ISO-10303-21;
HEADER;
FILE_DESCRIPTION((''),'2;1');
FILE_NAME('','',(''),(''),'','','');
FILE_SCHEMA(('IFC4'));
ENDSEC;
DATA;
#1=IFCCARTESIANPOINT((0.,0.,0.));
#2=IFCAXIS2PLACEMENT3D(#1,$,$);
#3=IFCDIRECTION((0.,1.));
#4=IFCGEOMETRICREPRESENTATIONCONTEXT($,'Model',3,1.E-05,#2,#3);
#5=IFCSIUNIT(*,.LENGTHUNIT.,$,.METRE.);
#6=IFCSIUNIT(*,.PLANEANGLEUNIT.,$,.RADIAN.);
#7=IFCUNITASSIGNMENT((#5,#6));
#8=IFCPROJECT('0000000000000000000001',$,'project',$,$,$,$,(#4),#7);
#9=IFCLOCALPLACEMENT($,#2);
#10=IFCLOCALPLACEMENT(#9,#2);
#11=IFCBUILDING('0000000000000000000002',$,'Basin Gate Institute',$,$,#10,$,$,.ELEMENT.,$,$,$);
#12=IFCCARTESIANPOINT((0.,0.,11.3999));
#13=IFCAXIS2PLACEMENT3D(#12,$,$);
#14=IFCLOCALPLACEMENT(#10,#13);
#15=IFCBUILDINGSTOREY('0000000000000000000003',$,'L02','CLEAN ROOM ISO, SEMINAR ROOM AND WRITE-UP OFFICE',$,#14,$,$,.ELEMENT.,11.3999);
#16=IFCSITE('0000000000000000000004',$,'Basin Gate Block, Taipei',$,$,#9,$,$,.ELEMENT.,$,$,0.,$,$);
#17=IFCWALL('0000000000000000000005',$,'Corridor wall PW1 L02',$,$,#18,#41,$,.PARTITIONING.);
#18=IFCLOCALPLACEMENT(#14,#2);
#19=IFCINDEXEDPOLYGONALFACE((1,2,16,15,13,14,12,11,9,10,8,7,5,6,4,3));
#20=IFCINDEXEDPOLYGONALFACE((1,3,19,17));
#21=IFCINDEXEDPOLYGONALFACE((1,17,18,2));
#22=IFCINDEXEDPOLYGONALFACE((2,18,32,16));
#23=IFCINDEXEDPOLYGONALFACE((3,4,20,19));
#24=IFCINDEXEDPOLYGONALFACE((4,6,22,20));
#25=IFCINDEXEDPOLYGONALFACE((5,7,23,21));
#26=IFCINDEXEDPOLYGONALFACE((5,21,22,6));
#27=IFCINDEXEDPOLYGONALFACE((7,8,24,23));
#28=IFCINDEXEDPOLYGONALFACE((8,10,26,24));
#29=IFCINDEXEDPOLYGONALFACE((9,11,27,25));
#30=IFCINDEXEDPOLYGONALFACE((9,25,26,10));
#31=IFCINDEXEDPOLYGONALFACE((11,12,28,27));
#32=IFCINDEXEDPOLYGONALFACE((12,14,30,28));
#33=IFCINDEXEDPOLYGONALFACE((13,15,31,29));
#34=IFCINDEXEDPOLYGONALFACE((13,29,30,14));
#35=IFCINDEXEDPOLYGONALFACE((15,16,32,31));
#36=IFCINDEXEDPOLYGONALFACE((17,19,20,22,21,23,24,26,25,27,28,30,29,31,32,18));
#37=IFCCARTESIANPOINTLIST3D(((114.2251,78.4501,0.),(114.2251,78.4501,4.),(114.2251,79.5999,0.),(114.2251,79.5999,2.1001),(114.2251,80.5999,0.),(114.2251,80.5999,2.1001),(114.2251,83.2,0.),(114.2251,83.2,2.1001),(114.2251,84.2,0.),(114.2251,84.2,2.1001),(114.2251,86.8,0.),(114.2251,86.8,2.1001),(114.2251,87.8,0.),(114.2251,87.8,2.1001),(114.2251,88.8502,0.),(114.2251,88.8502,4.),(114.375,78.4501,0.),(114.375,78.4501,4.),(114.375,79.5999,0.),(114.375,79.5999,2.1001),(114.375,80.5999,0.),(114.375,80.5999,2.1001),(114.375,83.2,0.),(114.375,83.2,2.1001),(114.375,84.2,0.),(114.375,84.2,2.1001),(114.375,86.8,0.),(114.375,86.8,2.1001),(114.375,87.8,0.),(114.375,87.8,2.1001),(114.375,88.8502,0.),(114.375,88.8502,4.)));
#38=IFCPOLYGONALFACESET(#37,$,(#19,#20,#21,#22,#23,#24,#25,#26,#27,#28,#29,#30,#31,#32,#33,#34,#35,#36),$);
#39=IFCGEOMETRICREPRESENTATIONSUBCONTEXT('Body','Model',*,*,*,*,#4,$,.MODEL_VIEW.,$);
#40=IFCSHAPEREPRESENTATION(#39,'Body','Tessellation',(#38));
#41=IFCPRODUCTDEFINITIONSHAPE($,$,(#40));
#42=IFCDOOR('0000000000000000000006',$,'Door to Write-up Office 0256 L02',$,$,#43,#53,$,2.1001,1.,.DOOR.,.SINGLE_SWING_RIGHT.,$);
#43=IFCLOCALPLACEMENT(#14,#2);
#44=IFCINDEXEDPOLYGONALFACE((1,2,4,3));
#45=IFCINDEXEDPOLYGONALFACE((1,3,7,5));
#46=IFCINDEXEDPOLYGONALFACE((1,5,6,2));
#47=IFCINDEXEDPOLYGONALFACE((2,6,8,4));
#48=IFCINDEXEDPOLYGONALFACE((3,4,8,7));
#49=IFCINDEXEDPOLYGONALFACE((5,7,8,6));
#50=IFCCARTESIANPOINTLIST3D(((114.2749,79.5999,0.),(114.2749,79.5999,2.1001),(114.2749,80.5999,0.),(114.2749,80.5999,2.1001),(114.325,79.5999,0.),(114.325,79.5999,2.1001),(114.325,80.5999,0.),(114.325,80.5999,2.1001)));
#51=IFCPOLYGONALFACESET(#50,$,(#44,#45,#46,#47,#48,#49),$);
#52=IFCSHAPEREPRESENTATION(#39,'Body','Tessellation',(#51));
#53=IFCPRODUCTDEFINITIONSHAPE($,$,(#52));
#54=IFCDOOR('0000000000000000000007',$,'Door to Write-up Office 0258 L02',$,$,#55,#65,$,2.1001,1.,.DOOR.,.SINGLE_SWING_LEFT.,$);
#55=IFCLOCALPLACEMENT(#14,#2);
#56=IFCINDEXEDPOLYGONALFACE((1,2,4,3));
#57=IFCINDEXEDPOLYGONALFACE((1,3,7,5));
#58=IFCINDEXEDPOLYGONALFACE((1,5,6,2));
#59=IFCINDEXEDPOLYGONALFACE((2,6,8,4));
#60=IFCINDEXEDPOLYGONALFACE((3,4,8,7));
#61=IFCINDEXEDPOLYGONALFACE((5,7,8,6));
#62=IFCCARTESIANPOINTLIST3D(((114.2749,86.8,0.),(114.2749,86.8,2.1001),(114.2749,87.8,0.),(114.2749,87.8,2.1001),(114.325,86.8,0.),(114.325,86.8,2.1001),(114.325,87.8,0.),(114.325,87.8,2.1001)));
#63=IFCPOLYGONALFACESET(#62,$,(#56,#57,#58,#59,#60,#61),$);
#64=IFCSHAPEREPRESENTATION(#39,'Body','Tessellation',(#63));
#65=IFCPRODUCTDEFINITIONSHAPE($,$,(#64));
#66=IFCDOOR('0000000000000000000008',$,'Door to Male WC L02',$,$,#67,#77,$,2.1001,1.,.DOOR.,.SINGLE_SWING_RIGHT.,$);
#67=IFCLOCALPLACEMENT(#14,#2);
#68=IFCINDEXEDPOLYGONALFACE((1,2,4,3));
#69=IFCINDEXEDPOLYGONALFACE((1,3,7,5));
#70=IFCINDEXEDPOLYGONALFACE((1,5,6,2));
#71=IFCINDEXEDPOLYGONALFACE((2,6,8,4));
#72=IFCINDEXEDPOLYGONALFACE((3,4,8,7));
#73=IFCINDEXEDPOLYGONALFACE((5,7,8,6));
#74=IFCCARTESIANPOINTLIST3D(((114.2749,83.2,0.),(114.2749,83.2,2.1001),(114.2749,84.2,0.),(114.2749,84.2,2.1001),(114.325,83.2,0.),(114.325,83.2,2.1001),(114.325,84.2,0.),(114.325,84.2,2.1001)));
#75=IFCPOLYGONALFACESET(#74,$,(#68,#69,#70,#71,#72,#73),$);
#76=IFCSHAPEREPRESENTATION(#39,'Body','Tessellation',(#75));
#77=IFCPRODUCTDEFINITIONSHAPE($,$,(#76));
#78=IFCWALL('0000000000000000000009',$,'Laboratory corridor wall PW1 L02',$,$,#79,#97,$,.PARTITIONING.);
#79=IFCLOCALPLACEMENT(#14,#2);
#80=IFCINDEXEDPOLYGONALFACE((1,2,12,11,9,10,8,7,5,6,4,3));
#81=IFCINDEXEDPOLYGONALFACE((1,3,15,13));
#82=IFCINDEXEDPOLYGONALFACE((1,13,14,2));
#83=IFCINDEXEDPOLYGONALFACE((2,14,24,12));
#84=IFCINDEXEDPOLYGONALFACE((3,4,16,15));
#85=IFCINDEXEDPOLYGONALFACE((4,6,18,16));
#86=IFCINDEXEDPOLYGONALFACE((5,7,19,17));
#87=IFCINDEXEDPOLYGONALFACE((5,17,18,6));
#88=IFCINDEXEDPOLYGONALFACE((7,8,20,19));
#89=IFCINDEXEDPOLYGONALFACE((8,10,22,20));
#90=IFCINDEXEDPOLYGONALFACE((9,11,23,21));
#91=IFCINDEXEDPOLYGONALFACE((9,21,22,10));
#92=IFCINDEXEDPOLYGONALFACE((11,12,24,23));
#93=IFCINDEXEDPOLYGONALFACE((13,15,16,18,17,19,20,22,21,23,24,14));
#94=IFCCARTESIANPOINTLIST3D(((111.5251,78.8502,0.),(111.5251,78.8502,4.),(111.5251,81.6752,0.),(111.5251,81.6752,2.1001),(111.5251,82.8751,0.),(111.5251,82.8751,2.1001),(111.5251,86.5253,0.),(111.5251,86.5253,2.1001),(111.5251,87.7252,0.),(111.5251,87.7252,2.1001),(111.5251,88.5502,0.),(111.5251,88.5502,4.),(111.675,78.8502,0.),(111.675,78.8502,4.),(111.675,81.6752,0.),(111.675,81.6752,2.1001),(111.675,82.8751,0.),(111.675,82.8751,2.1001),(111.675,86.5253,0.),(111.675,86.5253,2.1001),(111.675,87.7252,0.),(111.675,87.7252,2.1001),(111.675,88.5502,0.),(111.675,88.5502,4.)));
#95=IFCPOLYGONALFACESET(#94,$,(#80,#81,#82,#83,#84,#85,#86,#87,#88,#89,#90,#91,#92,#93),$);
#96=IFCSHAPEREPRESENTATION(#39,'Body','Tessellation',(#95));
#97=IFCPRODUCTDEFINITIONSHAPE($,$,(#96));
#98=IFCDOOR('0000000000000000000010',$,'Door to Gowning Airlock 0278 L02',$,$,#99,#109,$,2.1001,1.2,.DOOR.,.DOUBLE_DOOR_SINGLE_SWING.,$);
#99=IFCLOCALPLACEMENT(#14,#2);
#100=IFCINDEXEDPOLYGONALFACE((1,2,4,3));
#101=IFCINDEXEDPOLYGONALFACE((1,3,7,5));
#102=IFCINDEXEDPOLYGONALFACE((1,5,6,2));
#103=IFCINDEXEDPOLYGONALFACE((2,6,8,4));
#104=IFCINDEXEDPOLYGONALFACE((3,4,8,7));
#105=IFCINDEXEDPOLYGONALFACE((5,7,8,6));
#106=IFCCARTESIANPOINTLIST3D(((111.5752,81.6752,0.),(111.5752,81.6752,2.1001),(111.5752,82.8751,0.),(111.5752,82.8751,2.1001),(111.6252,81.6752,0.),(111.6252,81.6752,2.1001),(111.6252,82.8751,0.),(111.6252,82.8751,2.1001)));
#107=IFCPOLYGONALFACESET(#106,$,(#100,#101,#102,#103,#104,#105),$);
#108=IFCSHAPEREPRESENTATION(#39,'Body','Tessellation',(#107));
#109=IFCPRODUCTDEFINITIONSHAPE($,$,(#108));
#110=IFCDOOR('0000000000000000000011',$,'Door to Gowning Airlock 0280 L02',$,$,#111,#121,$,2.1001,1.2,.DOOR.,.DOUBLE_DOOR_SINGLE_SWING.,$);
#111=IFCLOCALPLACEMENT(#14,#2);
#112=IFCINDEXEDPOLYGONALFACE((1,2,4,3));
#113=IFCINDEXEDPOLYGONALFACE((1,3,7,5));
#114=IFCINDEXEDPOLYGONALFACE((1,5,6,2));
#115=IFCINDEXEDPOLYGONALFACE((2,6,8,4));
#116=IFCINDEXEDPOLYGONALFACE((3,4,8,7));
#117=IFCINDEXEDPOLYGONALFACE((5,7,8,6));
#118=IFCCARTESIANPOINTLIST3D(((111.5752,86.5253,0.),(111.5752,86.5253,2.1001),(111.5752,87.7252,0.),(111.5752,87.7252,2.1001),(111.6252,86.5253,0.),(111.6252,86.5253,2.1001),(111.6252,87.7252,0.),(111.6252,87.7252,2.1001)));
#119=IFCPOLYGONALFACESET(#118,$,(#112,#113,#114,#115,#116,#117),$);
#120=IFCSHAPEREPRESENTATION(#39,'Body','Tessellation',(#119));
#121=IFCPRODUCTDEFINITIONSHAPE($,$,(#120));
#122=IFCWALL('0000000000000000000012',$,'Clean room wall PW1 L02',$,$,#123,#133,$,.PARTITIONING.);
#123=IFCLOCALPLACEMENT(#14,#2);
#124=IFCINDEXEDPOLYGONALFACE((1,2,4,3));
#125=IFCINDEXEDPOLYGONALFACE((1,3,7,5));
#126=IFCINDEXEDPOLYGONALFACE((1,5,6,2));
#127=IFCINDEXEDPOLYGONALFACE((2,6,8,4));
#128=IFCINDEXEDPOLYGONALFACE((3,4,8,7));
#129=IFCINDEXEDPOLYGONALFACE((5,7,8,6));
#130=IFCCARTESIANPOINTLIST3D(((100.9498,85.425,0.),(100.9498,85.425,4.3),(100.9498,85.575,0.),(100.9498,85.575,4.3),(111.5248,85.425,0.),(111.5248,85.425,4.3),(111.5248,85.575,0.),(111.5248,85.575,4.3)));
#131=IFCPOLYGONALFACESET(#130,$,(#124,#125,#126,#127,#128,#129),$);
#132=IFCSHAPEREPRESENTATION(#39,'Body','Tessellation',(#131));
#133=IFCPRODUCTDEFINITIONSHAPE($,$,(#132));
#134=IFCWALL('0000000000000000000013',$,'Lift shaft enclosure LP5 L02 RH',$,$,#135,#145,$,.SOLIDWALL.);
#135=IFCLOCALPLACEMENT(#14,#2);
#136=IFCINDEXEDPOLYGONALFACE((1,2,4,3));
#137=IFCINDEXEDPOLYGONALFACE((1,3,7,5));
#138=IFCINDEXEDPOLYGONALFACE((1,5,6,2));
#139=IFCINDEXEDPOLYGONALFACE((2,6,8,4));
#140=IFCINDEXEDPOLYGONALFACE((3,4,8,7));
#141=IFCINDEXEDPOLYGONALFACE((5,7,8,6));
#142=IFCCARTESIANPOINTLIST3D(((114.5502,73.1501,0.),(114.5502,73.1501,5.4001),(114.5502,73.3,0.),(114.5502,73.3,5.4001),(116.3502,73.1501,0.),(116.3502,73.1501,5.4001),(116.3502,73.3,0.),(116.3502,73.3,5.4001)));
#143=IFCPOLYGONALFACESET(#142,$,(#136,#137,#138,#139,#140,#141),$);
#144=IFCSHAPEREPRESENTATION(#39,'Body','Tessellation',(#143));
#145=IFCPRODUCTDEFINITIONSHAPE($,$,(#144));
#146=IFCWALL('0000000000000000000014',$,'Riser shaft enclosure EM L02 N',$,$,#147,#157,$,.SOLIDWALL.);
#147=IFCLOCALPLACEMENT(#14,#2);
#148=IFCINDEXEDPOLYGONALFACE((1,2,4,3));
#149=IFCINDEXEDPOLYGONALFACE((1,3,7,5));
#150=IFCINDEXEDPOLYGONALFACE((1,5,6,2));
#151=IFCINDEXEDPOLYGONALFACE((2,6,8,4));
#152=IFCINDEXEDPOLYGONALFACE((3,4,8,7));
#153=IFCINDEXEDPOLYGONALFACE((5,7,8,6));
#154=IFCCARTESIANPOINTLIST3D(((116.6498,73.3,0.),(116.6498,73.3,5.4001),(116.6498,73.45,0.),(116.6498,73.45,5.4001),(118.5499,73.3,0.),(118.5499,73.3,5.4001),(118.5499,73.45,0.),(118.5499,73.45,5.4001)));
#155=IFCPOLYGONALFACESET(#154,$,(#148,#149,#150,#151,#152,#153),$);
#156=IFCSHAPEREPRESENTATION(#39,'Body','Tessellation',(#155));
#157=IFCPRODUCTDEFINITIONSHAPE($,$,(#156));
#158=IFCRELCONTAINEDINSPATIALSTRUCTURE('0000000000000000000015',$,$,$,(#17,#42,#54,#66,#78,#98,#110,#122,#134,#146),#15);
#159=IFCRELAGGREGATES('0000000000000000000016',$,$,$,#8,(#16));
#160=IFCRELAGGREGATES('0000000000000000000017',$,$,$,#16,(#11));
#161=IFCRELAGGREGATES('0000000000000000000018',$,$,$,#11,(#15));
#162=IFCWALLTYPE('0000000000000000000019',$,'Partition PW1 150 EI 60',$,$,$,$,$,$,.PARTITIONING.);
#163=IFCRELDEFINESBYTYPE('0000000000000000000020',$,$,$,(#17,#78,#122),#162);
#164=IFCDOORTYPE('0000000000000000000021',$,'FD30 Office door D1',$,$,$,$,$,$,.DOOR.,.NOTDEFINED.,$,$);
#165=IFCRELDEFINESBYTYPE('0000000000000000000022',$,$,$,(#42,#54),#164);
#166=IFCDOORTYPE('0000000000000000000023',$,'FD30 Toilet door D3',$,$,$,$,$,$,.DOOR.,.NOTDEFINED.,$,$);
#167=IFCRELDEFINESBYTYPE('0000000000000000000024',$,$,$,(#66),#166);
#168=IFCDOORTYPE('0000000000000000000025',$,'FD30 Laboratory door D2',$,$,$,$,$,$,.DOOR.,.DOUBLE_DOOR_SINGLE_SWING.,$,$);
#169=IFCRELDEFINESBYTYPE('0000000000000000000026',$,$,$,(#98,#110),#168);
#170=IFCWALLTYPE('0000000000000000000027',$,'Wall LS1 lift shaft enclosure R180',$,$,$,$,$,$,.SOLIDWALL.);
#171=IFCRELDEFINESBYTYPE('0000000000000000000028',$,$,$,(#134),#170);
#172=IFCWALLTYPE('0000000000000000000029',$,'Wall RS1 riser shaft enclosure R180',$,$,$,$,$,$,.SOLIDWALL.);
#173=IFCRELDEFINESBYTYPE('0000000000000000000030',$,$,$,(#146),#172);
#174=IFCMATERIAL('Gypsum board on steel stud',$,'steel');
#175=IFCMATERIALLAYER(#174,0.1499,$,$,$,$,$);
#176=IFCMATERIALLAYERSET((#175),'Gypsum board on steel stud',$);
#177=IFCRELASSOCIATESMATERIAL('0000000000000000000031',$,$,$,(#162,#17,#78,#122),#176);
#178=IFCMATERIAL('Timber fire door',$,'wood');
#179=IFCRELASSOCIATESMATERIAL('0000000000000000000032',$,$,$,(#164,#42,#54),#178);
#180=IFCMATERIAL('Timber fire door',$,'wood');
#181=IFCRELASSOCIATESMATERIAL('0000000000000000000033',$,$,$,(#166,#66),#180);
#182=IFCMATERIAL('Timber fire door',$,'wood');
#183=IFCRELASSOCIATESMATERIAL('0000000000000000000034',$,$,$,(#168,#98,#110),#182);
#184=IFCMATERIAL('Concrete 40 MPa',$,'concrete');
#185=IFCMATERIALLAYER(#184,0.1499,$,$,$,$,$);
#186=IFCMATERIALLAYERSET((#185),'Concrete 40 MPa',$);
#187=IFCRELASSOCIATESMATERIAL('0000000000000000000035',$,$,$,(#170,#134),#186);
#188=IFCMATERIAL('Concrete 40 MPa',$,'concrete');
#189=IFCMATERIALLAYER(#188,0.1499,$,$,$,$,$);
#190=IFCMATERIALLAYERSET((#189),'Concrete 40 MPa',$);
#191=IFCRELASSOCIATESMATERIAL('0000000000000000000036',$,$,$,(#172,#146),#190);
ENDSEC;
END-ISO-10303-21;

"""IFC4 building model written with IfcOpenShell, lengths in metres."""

from ifc_helpers import new_model, si_unit, direction, frame, frame_2d, origin, place, context, subcontext, project, spatial, rectangle, extrude, material, layer, layer_set, type_object, element, fill, save


model = new_model("IFC4")

# Units and contexts
model_context = context("Model", 3, precision=1e-05, world=origin(), true_north=direction((0.0, 1.0)))
body_context = subcontext(model_context, "Body", "Model", "MODEL_VIEW")
ifc_project = project(units=[si_unit("LENGTHUNIT", "METRE"), si_unit("PLANEANGLEUNIT", "RADIAN")], contexts=[model_context])

# Site, building, storey
site_placement = place(None, origin())
site = spatial("IfcSite", under=ifc_project, at=site_placement, Name="Basin Gate Block, Taipei", CompositionType="ELEMENT", RefElevation=0.0)
building_placement = place(site_placement, origin())
building = spatial("IfcBuilding", under=site, at=building_placement, Name="Basin Gate Institute", CompositionType="ELEMENT")
storey_placement = place(building_placement, frame((0.0, 0.0, 11.3999)))
storey = spatial("IfcBuildingStorey", under=building, at=storey_placement, Name="L02", Description="CLEAN ROOM ISO, SEMINAR ROOM AND WRITE-UP OFFICE", CompositionType="ELEMENT", Elevation=11.3999)

# Shared definitions
ifc_material_1 = material(Name="Gypsum board on steel stud", Category="steel")
ifc_layer_1 = layer(ifc_material_1, 0.1499)
ifc_layer_set_1 = layer_set([ifc_layer_1], Name="Gypsum board on steel stud")
wall_type_1 = type_object("IfcWallType", Name="Partition PW1 150 EI 60", PredefinedType="PARTITIONING", material=ifc_layer_set_1)

# Walls, openings, doors
wall_1_placement = place(storey_placement, frame((114.3, 78.45, 0.0), z_axis=(0.0, 0.0, 1.0), x_axis=(0.0, 1.0, 0.0)))
wall_1 = element("IfcWall", 1, at=wall_1_placement, inside=storey, type_object=wall_type_1, material=ifc_layer_set_1, Name="Corridor wall PW1 L02", PredefinedType="PARTITIONING", context=body_context, shape_type="SweptSolid", body=[
    extrude(rectangle(XDim=10.4001, YDim=0.1499, at=frame_2d((5.2002, 0.0))), origin(), (0.0, 0.0, 1.0), 4.0),
])
opening_1_placement = place(wall_1_placement, frame((4.75, 0.0, 0.0)))
opening_1 = element("IfcOpeningElement", 2, at=opening_1_placement, cuts=wall_1, PredefinedType="OPENING", context=body_context, shape_type="SweptSolid", body=[
    extrude(rectangle(XDim=1.0, YDim=2.1001, at=frame_2d((0.5, 1.05))), frame((0.0, 0.085, 0.0), z_axis=(0.0, -1.0, 0.0), x_axis=(1.0, 0.0, 0.0)), (0.0, 0.0, 1.0), 0.1699),
])
opening_2_placement = place(wall_1_placement, frame((1.1499, 0.0, 0.0)))
opening_2 = element("IfcOpeningElement", 3, at=opening_2_placement, cuts=wall_1, PredefinedType="OPENING", context=body_context, shape_type="SweptSolid", body=[
    extrude(rectangle(XDim=1.0, YDim=2.1001, at=frame_2d((0.5, 1.05))), frame((0.0, 0.085, 0.0), z_axis=(0.0, -1.0, 0.0), x_axis=(1.0, 0.0, 0.0)), (0.0, 0.0, 1.0), 0.1699),
])
opening_3_placement = place(wall_1_placement, frame((8.3501, 0.0, 0.0)))
opening_3 = element("IfcOpeningElement", 4, at=opening_3_placement, cuts=wall_1, PredefinedType="OPENING", context=body_context, shape_type="SweptSolid", body=[
    extrude(rectangle(XDim=1.0, YDim=2.1001, at=frame_2d((0.5, 1.05))), frame((0.0, 0.085, 0.0), z_axis=(0.0, -1.0, 0.0), x_axis=(1.0, 0.0, 0.0)), (0.0, 0.0, 1.0), 0.1699),
])
ifc_material_2 = material(Name="Timber fire door", Category="wood")
door_type_1 = type_object("IfcDoorType", Name="FD30 Office door D1", OperationType="NOTDEFINED", PredefinedType="DOOR", material=ifc_material_2)
door_1_placement = place(opening_2_placement, frame((1.0, 0.0, 0.0), z_axis=(0.0, 0.0, 1.0), x_axis=(-1.0, 0.0, 0.0)))
door_1 = element("IfcDoor", 5, at=door_1_placement, inside=storey, type_object=door_type_1, material=ifc_material_2, Name="Door to Write-up Office 0256 L02", OperationType="SINGLE_SWING_RIGHT", OverallHeight=2.1001, OverallWidth=1.0, PredefinedType="DOOR", context=body_context, shape_type="SweptSolid", body=[
    extrude(rectangle(XDim=1.0, YDim=2.1001, at=frame_2d((0.5, 1.05))), frame((0.0, 0.0249, 0.0), z_axis=(0.0, -1.0, 0.0), x_axis=(1.0, 0.0, 0.0)), (0.0, 0.0, 1.0), 0.05),
])
fill(opening_2, door_1)
door_2_placement = place(opening_3_placement, frame((1.0, 0.0, 0.0), z_axis=(0.0, 0.0, 1.0), x_axis=(-1.0, 0.0, 0.0)))
door_2 = element("IfcDoor", 6, at=door_2_placement, inside=storey, type_object=door_type_1, material=ifc_material_2, Name="Door to Write-up Office 0258 L02", OperationType="SINGLE_SWING_LEFT", OverallHeight=2.1001, OverallWidth=1.0, PredefinedType="DOOR", context=body_context, shape_type="SweptSolid", body=[
    extrude(rectangle(XDim=1.0, YDim=2.1001, at=frame_2d((0.5, 1.05))), frame((0.0, 0.0249, 0.0), z_axis=(0.0, -1.0, 0.0), x_axis=(1.0, 0.0, 0.0)), (0.0, 0.0, 1.0), 0.05),
])
fill(opening_3, door_2)
ifc_material_3 = material(Name="Timber fire door", Category="wood")
door_type_2 = type_object("IfcDoorType", Name="FD30 Toilet door D3", OperationType="NOTDEFINED", PredefinedType="DOOR", material=ifc_material_3)
door_3_placement = place(opening_1_placement, frame((1.0, 0.0, 0.0), z_axis=(0.0, 0.0, 1.0), x_axis=(-1.0, 0.0, 0.0)))
door_3 = element("IfcDoor", 7, at=door_3_placement, inside=storey, type_object=door_type_2, material=ifc_material_3, Name="Door to Male WC L02", OperationType="SINGLE_SWING_RIGHT", OverallHeight=2.1001, OverallWidth=1.0, PredefinedType="DOOR", context=body_context, shape_type="SweptSolid", body=[
    extrude(rectangle(XDim=1.0, YDim=2.1001, at=frame_2d((0.5, 1.05))), frame((0.0, 0.0249, 0.0), z_axis=(0.0, -1.0, 0.0), x_axis=(1.0, 0.0, 0.0)), (0.0, 0.0, 1.0), 0.05),
])
fill(opening_1, door_3)
wall_2_placement = place(storey_placement, frame((111.6001, 78.8501, 0.0), z_axis=(0.0, 0.0, 1.0), x_axis=(0.0, 1.0, 0.0)))
wall_2 = element("IfcWall", 8, at=wall_2_placement, inside=storey, type_object=wall_type_1, material=ifc_layer_set_1, Name="Laboratory corridor wall PW1 L02", PredefinedType="PARTITIONING", context=body_context, shape_type="SweptSolid", body=[
    extrude(rectangle(XDim=9.7, YDim=0.1499, at=frame_2d((4.8501, 0.0))), origin(), (0.0, 0.0, 1.0), 4.0),
])
opening_4_placement = place(wall_2_placement, frame((2.825, 0.0, 0.0)))
opening_4 = element("IfcOpeningElement", 9, at=opening_4_placement, cuts=wall_2, PredefinedType="OPENING", context=body_context, shape_type="SweptSolid", body=[
    extrude(rectangle(XDim=1.2, YDim=2.1001, at=frame_2d((0.6001, 1.05))), frame((0.0, 0.085, 0.0), z_axis=(0.0, -1.0, 0.0), x_axis=(1.0, 0.0, 0.0)), (0.0, 0.0, 1.0), 0.1699),
])
opening_5_placement = place(wall_2_placement, frame((7.675, 0.0, 0.0)))
opening_5 = element("IfcOpeningElement", 10, at=opening_5_placement, cuts=wall_2, PredefinedType="OPENING", context=body_context, shape_type="SweptSolid", body=[
    extrude(rectangle(XDim=1.2, YDim=2.1001, at=frame_2d((0.6001, 1.05))), frame((0.0, 0.085, 0.0), z_axis=(0.0, -1.0, 0.0), x_axis=(1.0, 0.0, 0.0)), (0.0, 0.0, 1.0), 0.1699),
])
ifc_material_4 = material(Name="Timber fire door", Category="wood")
door_type_3 = type_object("IfcDoorType", Name="FD30 Laboratory door D2", OperationType="DOUBLE_DOOR_SINGLE_SWING", PredefinedType="DOOR", material=ifc_material_4)
door_4_placement = place(opening_4_placement, origin())
door_4 = element("IfcDoor", 11, at=door_4_placement, inside=storey, type_object=door_type_3, material=ifc_material_4, Name="Door to Gowning Airlock 0278 L02", OperationType="DOUBLE_DOOR_SINGLE_SWING", OverallHeight=2.1001, OverallWidth=1.2, PredefinedType="DOOR", context=body_context, shape_type="SweptSolid", body=[
    extrude(rectangle(XDim=1.2, YDim=2.1001, at=frame_2d((0.6001, 1.05))), frame((0.0, 0.0249, 0.0), z_axis=(0.0, -1.0, 0.0), x_axis=(1.0, 0.0, 0.0)), (0.0, 0.0, 1.0), 0.05),
])
fill(opening_4, door_4)
door_5_placement = place(opening_5_placement, origin())
door_5 = element("IfcDoor", 12, at=door_5_placement, inside=storey, type_object=door_type_3, material=ifc_material_4, Name="Door to Gowning Airlock 0280 L02", OperationType="DOUBLE_DOOR_SINGLE_SWING", OverallHeight=2.1001, OverallWidth=1.2, PredefinedType="DOOR", context=body_context, shape_type="SweptSolid", body=[
    extrude(rectangle(XDim=1.2, YDim=2.1001, at=frame_2d((0.6001, 1.05))), frame((0.0, 0.0249, 0.0), z_axis=(0.0, -1.0, 0.0), x_axis=(1.0, 0.0, 0.0)), (0.0, 0.0, 1.0), 0.05),
])
fill(opening_5, door_5)

# Walls
wall_3_placement = place(storey_placement, frame((111.5249, 85.5, 0.0), z_axis=(0.0, 0.0, 1.0), x_axis=(-1.0, 0.0, 0.0)))
element("IfcWall", 13, at=wall_3_placement, inside=storey, type_object=wall_type_1, material=ifc_layer_set_1, Name="Clean room wall PW1 L02", PredefinedType="PARTITIONING", context=body_context, shape_type="SweptSolid", body=[
    extrude(rectangle(XDim=10.575, YDim=0.1499, at=frame_2d((5.2876, 0.0))), origin(), (0.0, 0.0, 1.0), 4.3),
])
ifc_material_5 = material(Name="Concrete 40 MPa", Category="concrete")
ifc_layer_2 = layer(ifc_material_5, 0.1499)
ifc_layer_set_2 = layer_set([ifc_layer_2], Name="Concrete 40 MPa")
wall_type_2 = type_object("IfcWallType", Name="Wall LS1 lift shaft enclosure R180", PredefinedType="SOLIDWALL", material=ifc_layer_set_2)
wall_4_placement = place(storey_placement, frame((116.3501, 73.2251, 0.0), z_axis=(0.0, 0.0, 1.0), x_axis=(-1.0, 0.0, 0.0)))
element("IfcWall", 14, at=wall_4_placement, inside=storey, type_object=wall_type_2, material=ifc_layer_set_2, Name="Lift shaft enclosure LP5 L02 RH", PredefinedType="SOLIDWALL", context=body_context, shape_type="SweptSolid", body=[
    extrude(rectangle(XDim=1.8, YDim=0.1499, at=frame_2d((0.8999, 0.0))), origin(), (0.0, 0.0, 1.0), 5.4001),
])
ifc_material_6 = material(Name="Concrete 40 MPa", Category="concrete")
ifc_layer_3 = layer(ifc_material_6, 0.1499)
ifc_layer_set_3 = layer_set([ifc_layer_3], Name="Concrete 40 MPa")
wall_type_3 = type_object("IfcWallType", Name="Wall RS1 riser shaft enclosure R180", PredefinedType="SOLIDWALL", material=ifc_layer_set_3)
wall_5_placement = place(storey_placement, frame((118.55, 73.375, 0.0), z_axis=(0.0, 0.0, 1.0), x_axis=(-1.0, 0.0, 0.0)))
element("IfcWall", 15, at=wall_5_placement, inside=storey, type_object=wall_type_3, material=ifc_layer_set_3, Name="Riser shaft enclosure EM L02 N", PredefinedType="SOLIDWALL", context=body_context, shape_type="SweptSolid", body=[
    extrude(rectangle(XDim=1.9001, YDim=0.1499, at=frame_2d((0.9502, 0.0))), origin(), (0.0, 0.0, 1.0), 5.4001),
])

save(model, "model.ifc")
